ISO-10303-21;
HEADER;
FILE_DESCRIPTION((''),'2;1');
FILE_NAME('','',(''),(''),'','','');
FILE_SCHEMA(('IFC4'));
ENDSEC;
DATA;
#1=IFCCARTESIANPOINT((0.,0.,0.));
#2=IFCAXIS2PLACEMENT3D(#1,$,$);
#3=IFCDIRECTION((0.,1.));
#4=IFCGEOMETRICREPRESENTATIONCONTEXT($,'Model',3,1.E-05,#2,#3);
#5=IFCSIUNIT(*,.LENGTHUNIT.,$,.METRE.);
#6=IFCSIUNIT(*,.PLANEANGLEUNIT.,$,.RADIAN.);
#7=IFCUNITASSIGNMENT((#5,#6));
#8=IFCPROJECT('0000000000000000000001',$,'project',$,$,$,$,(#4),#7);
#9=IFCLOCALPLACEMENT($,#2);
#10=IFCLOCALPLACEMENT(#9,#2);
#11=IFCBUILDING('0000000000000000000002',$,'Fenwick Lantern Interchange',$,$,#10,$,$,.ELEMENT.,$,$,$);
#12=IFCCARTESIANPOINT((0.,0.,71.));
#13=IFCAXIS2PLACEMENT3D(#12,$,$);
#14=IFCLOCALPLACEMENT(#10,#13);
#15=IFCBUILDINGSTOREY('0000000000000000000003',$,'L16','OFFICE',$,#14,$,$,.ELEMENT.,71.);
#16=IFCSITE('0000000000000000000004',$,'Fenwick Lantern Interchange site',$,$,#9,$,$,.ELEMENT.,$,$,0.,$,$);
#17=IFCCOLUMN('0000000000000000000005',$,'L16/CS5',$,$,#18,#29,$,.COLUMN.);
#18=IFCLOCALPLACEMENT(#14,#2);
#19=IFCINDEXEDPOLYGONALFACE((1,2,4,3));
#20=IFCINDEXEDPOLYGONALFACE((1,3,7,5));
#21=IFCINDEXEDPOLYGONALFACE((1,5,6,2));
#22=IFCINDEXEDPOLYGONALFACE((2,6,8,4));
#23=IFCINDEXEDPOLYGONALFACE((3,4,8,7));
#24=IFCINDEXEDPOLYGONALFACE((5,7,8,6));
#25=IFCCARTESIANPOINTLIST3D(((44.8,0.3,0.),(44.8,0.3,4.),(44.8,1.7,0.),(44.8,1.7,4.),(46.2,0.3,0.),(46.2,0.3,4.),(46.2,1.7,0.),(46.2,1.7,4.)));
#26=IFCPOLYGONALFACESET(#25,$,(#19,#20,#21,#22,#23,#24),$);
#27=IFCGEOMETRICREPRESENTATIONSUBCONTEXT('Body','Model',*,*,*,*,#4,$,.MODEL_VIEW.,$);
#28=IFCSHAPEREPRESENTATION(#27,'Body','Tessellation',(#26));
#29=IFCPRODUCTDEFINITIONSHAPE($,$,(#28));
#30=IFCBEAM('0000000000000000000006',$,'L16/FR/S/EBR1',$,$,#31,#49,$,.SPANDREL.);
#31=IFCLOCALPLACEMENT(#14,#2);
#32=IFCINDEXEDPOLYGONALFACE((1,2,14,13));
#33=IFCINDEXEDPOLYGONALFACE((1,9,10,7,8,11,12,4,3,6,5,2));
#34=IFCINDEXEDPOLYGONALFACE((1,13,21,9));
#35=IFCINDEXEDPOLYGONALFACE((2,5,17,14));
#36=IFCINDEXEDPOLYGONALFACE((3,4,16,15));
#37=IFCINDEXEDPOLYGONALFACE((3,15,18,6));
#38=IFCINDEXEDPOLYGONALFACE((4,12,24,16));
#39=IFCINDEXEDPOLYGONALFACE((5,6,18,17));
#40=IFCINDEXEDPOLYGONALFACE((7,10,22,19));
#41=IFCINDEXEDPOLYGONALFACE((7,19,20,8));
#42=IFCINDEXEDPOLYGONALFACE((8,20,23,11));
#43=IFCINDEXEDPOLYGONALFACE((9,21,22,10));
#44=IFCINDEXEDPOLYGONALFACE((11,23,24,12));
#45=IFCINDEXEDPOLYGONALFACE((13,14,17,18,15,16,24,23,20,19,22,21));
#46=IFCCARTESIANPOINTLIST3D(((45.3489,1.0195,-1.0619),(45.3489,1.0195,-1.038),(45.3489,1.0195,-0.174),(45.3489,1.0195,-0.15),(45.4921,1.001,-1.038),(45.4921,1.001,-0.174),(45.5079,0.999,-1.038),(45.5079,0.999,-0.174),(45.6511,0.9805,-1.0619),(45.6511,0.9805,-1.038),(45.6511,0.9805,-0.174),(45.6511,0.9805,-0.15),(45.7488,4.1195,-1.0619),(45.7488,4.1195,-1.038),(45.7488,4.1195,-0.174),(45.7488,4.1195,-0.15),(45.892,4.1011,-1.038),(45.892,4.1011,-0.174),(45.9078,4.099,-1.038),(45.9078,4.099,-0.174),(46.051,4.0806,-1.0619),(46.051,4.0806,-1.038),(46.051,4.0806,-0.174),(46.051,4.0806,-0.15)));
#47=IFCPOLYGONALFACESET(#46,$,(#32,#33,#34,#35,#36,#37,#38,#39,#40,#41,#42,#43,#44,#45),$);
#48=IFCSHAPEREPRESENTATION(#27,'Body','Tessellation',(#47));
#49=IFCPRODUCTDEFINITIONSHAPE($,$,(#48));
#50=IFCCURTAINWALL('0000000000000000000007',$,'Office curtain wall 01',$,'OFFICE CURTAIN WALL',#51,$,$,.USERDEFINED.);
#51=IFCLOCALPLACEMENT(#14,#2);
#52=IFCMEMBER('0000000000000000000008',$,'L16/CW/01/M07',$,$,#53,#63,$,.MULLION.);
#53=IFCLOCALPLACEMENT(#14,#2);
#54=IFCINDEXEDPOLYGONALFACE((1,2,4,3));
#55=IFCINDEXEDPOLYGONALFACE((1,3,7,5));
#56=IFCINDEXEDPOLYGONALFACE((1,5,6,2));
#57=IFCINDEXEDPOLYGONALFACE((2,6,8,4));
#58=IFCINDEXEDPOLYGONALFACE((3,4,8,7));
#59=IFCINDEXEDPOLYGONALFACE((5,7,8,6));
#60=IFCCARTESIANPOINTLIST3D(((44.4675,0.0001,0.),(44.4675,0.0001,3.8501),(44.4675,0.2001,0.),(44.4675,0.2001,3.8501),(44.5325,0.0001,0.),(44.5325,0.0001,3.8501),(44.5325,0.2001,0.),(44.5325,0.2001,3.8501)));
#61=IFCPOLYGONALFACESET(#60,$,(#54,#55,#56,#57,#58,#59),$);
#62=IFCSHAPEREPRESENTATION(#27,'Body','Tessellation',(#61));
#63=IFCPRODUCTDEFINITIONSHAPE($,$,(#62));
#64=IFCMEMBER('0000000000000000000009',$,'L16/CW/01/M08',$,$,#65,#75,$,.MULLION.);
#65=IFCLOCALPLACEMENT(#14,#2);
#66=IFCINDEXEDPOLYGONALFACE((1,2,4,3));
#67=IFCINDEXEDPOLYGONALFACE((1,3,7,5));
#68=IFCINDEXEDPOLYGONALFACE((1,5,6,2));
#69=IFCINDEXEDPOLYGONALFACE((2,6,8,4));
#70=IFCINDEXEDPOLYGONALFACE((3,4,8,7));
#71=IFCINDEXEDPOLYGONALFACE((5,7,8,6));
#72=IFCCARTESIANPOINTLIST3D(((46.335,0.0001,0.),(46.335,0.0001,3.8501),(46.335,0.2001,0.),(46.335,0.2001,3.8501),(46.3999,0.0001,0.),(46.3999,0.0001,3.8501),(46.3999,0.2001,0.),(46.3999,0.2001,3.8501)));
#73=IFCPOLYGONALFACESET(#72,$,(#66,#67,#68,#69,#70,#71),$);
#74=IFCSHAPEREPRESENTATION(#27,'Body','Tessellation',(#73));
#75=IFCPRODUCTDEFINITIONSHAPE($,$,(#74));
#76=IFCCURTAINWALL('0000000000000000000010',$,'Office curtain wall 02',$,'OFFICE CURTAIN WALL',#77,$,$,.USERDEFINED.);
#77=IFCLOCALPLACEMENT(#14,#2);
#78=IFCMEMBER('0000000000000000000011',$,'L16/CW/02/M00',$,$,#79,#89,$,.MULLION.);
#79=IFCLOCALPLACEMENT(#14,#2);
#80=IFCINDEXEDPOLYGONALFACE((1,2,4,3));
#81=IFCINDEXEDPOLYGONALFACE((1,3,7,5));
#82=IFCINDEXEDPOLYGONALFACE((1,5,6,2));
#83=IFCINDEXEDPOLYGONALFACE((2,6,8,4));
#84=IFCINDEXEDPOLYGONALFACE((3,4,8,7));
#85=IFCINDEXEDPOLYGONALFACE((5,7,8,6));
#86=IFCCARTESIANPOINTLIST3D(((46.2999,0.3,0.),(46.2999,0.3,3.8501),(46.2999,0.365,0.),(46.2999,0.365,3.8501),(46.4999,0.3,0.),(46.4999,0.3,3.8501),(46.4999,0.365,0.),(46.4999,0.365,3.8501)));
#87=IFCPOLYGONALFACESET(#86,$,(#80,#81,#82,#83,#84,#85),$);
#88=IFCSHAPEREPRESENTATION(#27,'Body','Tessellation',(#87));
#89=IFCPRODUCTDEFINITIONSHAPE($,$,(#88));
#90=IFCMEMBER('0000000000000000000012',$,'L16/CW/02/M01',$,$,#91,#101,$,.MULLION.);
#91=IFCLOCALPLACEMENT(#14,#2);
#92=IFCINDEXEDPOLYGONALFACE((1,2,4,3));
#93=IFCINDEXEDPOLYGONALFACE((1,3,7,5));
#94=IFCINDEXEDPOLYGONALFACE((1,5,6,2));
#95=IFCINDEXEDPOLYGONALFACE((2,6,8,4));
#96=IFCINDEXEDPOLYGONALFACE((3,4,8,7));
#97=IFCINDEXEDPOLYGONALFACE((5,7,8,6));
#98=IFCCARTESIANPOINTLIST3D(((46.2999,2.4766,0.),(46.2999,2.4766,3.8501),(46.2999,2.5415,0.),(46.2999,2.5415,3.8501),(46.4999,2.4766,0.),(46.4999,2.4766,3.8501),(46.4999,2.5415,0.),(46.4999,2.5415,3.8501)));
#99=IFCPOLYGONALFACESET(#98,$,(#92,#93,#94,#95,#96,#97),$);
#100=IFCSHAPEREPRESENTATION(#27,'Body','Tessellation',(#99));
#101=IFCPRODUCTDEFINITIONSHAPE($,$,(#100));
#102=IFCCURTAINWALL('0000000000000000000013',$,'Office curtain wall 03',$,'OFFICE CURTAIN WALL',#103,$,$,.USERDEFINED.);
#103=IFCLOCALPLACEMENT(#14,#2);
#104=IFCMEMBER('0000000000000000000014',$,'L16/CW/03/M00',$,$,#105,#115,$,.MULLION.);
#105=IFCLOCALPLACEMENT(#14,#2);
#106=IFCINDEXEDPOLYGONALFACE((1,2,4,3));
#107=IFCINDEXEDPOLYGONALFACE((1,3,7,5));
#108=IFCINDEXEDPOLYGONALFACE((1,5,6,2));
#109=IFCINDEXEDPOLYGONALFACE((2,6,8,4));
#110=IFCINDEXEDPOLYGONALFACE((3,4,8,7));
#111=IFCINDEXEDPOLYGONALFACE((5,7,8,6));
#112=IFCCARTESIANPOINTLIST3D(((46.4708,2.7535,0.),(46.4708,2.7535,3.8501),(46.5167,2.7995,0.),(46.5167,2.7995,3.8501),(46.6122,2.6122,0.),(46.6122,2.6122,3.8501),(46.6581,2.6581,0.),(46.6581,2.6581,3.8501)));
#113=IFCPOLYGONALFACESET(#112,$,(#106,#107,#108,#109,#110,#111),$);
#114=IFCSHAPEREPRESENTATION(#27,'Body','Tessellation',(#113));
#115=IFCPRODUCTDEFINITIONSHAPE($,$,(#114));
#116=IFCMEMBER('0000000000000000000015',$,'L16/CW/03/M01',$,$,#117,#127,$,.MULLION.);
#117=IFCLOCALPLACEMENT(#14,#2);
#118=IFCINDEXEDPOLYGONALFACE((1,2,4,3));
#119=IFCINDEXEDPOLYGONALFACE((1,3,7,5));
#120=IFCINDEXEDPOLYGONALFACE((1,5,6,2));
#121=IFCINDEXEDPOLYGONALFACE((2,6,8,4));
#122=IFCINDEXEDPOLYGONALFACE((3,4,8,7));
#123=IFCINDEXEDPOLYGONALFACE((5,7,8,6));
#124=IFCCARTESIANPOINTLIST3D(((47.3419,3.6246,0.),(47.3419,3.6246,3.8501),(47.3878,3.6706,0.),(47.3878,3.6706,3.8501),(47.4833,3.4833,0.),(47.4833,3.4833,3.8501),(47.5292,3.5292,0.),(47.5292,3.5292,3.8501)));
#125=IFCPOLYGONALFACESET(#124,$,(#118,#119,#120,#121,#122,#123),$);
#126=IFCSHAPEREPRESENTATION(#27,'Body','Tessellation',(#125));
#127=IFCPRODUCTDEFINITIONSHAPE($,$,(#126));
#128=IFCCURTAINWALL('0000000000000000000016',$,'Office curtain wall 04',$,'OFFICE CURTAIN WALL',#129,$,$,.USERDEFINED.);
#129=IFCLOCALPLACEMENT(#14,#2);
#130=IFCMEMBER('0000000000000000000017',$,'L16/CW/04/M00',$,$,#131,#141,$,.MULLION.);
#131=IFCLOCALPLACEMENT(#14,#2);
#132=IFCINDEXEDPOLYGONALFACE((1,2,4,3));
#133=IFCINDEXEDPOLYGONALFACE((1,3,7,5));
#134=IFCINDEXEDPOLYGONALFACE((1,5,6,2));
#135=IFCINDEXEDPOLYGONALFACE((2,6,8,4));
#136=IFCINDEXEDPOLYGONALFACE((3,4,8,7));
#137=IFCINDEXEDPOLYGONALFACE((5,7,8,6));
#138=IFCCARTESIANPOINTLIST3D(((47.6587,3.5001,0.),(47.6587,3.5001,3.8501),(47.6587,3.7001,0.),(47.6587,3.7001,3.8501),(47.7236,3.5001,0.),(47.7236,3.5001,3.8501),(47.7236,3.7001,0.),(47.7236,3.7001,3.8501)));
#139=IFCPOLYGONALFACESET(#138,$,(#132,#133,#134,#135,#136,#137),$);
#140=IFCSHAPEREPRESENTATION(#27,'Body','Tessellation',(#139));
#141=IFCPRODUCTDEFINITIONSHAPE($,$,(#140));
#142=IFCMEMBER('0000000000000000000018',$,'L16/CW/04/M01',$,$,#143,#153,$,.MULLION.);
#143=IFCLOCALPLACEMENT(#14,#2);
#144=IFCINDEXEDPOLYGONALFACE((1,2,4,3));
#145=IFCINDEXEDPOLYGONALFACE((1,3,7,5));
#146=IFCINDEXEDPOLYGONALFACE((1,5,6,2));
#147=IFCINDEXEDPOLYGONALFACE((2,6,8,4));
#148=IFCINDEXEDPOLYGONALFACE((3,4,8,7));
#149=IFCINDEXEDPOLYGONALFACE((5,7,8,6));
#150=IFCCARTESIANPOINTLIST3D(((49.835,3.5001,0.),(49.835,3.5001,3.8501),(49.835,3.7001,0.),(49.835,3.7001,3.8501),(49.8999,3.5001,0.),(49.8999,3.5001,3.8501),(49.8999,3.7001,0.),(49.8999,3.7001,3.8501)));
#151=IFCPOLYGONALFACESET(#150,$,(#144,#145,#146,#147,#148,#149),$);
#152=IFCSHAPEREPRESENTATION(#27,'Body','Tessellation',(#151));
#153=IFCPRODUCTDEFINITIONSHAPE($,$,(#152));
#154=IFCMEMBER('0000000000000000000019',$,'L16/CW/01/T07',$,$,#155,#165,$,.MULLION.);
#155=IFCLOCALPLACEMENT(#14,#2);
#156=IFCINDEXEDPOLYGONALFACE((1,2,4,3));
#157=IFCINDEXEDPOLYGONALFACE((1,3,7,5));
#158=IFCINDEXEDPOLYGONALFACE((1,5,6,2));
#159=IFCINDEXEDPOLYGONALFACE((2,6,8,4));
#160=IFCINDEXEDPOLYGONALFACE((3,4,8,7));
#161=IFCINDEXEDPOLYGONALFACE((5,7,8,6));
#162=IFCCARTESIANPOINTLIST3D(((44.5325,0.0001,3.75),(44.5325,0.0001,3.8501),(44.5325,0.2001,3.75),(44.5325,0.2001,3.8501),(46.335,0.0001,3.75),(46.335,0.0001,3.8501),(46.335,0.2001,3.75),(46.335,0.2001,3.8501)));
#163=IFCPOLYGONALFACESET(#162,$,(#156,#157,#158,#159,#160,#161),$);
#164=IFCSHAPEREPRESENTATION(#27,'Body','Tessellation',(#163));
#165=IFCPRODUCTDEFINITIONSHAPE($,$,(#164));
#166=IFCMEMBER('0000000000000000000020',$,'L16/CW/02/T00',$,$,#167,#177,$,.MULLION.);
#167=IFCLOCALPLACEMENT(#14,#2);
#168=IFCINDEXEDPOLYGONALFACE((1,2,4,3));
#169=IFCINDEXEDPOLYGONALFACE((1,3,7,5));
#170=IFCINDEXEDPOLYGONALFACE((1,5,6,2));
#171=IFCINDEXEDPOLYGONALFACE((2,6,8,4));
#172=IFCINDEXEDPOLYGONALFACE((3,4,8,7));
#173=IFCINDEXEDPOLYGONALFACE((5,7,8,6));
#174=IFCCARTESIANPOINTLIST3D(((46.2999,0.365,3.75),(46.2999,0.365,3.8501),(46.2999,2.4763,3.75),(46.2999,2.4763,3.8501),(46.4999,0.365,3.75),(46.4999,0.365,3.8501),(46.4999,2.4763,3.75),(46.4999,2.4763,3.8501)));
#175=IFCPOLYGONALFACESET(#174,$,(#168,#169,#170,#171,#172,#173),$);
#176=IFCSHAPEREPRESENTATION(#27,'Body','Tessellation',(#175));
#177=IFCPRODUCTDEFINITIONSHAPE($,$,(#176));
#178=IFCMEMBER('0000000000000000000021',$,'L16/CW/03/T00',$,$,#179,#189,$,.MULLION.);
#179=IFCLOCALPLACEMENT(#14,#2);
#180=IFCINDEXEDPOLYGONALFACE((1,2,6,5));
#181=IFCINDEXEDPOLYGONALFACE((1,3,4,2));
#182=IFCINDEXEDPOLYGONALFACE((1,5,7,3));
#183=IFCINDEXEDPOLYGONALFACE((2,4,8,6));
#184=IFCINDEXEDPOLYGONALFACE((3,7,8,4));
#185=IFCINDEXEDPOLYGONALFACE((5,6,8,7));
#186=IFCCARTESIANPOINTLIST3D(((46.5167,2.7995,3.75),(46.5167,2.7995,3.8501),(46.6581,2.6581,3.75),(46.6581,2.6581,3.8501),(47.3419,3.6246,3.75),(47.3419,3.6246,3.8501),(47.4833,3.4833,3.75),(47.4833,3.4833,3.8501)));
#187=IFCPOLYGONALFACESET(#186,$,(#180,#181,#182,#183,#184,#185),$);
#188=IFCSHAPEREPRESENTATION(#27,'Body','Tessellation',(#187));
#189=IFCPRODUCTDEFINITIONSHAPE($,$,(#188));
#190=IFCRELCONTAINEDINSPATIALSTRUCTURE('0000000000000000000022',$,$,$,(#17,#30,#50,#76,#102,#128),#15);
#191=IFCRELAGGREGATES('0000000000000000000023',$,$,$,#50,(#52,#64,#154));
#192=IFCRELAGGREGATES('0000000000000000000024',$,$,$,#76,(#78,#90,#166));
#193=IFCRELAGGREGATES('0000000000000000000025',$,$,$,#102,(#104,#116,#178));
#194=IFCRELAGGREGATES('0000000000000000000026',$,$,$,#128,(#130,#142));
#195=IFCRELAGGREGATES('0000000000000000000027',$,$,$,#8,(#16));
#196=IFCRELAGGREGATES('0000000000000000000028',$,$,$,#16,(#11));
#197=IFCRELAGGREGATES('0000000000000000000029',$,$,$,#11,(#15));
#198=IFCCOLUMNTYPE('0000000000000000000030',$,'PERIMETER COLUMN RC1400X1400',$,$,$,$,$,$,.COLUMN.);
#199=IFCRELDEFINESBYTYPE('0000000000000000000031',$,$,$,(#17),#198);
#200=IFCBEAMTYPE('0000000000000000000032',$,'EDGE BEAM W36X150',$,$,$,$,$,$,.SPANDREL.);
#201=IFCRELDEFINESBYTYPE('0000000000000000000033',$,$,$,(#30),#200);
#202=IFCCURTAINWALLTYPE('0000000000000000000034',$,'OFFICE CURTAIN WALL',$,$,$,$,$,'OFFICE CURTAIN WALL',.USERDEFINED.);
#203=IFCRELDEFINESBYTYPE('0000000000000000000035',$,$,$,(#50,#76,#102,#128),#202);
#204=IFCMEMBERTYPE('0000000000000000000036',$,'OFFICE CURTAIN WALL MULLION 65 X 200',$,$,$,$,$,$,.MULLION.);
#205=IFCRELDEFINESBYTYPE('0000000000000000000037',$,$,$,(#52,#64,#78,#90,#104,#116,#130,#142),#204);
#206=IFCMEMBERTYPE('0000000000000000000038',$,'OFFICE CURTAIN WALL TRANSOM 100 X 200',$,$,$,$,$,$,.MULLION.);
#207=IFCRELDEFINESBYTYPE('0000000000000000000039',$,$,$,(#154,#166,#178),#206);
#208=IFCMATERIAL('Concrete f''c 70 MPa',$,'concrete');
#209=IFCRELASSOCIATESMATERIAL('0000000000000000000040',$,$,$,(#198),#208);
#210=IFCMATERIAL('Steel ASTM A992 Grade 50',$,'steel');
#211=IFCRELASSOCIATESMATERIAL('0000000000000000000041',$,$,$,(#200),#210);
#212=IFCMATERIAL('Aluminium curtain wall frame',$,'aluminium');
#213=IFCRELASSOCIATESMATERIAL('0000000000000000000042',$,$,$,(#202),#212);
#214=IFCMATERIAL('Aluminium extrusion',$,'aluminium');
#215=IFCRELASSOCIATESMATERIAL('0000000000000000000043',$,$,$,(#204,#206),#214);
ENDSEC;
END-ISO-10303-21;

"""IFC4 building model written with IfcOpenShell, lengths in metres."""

from ifc_helpers import new_model, si_unit, direction, frame, origin, origin_2d, place, context, subcontext, project, spatial, rectangle, i_section, extrude, material, material_profile, profile_set, type_object, element, aggregate, save


model = new_model("IFC4")

# Units and contexts
model_context = context("Model", 3, precision=1e-05, world=origin(), true_north=direction((0.0, 1.0)))
body_context = subcontext(model_context, "Body", "Model", "MODEL_VIEW")
ifc_project = project(units=[si_unit("LENGTHUNIT", "METRE"), si_unit("PLANEANGLEUNIT", "RADIAN")], contexts=[model_context])

# Site, building, storey
site_placement = place(None, origin())
site = spatial("IfcSite", under=ifc_project, at=site_placement, Name="Fenwick Lantern Interchange site", CompositionType="ELEMENT", RefElevation=0.0)
building_placement = place(site_placement, origin())
building = spatial("IfcBuilding", under=site, at=building_placement, Name="Fenwick Lantern Interchange", CompositionType="ELEMENT")
storey_placement = place(building_placement, frame((0.0, 0.0, 71.0)))
storey = spatial("IfcBuildingStorey", under=building, at=storey_placement, Name="L16", Description="OFFICE", CompositionType="ELEMENT", Elevation=71.0)

# Column
ifc_material_1 = material(Name="Concrete f'c 70 MPa", Category="concrete")
ifc_material_profile_1 = material_profile(ifc_material_1, rectangle(XDim=1.3999, YDim=1.3999, at=origin_2d()), Name="RC1400X1400")
ifc_profile_set_1 = profile_set([ifc_material_profile_1], Name="Concrete f'c 70 MPa")
column_type = type_object("IfcColumnType", Name="PERIMETER COLUMN RC1400X1400", PredefinedType="COLUMN", material=ifc_profile_set_1)
column_placement = place(storey_placement, frame((45.5, 1.0, 0.0), z_axis=(0.0, 0.0, 1.0), x_axis=(1.0, 0.0, 0.0)))
element("IfcColumn", 1, at=column_placement, inside=storey, type_object=column_type, Name="L16/CS5", PredefinedType="COLUMN", context=body_context, shape_type="SweptSolid", body=[
    extrude(rectangle(XDim=1.3999, YDim=1.3999, at=origin_2d()), origin(), (0.0, 0.0, 1.0), 4.0),
])

# Beam
ifc_material_2 = material(Name="Steel ASTM A992 Grade 50", Category="steel")
ifc_material_profile_2 = material_profile(ifc_material_2, i_section(OverallWidth=0.3047, OverallDepth=0.9119, WebThickness=0.0159, FlangeThickness=0.0239, at=origin_2d()), Name="W36X150")
ifc_profile_set_2 = profile_set([ifc_material_profile_2], Name="Steel ASTM A992 Grade 50")
beam_type = type_object("IfcBeamType", Name="EDGE BEAM W36X150", PredefinedType="SPANDREL", material=ifc_profile_set_2)
beam_placement = place(storey_placement, frame((45.5, 1.0, -0.606), z_axis=(0.127937, 0.991782, 0.0), x_axis=(-0.991782, 0.127937, 0.0)))
element("IfcBeam", 2, at=beam_placement, inside=storey, type_object=beam_type, Name="L16/FR/S/EBR1", PredefinedType="SPANDREL", context=body_context, shape_type="SweptSolid", body=[
    extrude(i_section(OverallWidth=0.3047, OverallDepth=0.9119, WebThickness=0.0159, FlangeThickness=0.0239, at=origin_2d()), origin(), (0.0, 0.0, 1.0), 3.1257),
])

# Curtain walls, members
ifc_material_3 = material(Name="Aluminium curtain wall frame", Category="aluminium")
curtain_wall_type = type_object("IfcCurtainWallType", Name="OFFICE CURTAIN WALL", ElementType="OFFICE CURTAIN WALL", PredefinedType="USERDEFINED", material=ifc_material_3)
curtain_wall_1_placement = place(storey_placement, origin())
curtain_wall_1 = element("IfcCurtainWall", 3, at=curtain_wall_1_placement, inside=storey, type_object=curtain_wall_type, Name="Office curtain wall 01", ObjectType="OFFICE CURTAIN WALL", PredefinedType="USERDEFINED")
ifc_material_4 = material(Name="Aluminium extrusion", Category="aluminium")
ifc_material_profile_3 = material_profile(ifc_material_4, rectangle(XDim=0.2, YDim=0.0649, at=origin_2d()), Name="OFFICE CURTAIN WALL MULLION 65 X 200")
ifc_profile_set_3 = profile_set([ifc_material_profile_3], Name="Aluminium extrusion")
member_type_1 = type_object("IfcMemberType", Name="OFFICE CURTAIN WALL MULLION 65 X 200", PredefinedType="MULLION", material=ifc_profile_set_3)
member_1_placement = place(storey_placement, frame((44.5, 0.1001, 0.0), z_axis=(0.0, 0.0, 1.0), x_axis=(0.0, 1.0, 0.0)))
member_1 = element("IfcMember", 4, at=member_1_placement, type_object=member_type_1, Name="L16/CW/01/M07", PredefinedType="MULLION", context=body_context, shape_type="SweptSolid", body=[
    extrude(rectangle(XDim=0.2, YDim=0.0649, at=origin_2d()), origin(), (0.0, 0.0, 1.0), 3.8501),
])
member_2_placement = place(storey_placement, frame((46.3674, 0.1001, 0.0), z_axis=(0.0, 0.0, 1.0), x_axis=(0.0, 1.0, 0.0)))
member_2 = element("IfcMember", 5, at=member_2_placement, type_object=member_type_1, Name="L16/CW/01/M08", PredefinedType="MULLION", context=body_context, shape_type="SweptSolid", body=[
    extrude(rectangle(XDim=0.2, YDim=0.0649, at=origin_2d()), origin(), (0.0, 0.0, 1.0), 3.8501),
])
curtain_wall_2_placement = place(storey_placement, origin())
curtain_wall_2 = element("IfcCurtainWall", 6, at=curtain_wall_2_placement, inside=storey, type_object=curtain_wall_type, Name="Office curtain wall 02", ObjectType="OFFICE CURTAIN WALL", PredefinedType="USERDEFINED")
member_3_placement = place(storey_placement, frame((46.3999, 0.3325, 0.0), z_axis=(0.0, 0.0, 1.0), x_axis=(-1.0, 0.0, 0.0)))
member_3 = element("IfcMember", 7, at=member_3_placement, type_object=member_type_1, Name="L16/CW/02/M00", PredefinedType="MULLION", context=body_context, shape_type="SweptSolid", body=[
    extrude(rectangle(XDim=0.2, YDim=0.0649, at=origin_2d()), origin(), (0.0, 0.0, 1.0), 3.8501),
])
member_4_placement = place(storey_placement, frame((46.3999, 2.509, 0.0), z_axis=(0.0, 0.0, 1.0), x_axis=(-1.0, 0.0, 0.0)))
member_4 = element("IfcMember", 8, at=member_4_placement, type_object=member_type_1, Name="L16/CW/02/M01", PredefinedType="MULLION", context=body_context, shape_type="SweptSolid", body=[
    extrude(rectangle(XDim=0.2, YDim=0.0649, at=origin_2d()), origin(), (0.0, 0.0, 1.0), 3.8501),
])
curtain_wall_3_placement = place(storey_placement, origin())
curtain_wall_3 = element("IfcCurtainWall", 9, at=curtain_wall_3_placement, inside=storey, type_object=curtain_wall_type, Name="Office curtain wall 03", ObjectType="OFFICE CURTAIN WALL", PredefinedType="USERDEFINED")
member_5_placement = place(storey_placement, frame((46.5645, 2.7058, 0.0), z_axis=(0.0, 0.0, 1.0), x_axis=(-0.707107, 0.707107, 0.0)))
member_5 = element("IfcMember", 10, at=member_5_placement, type_object=member_type_1, Name="L16/CW/03/M00", PredefinedType="MULLION", context=body_context, shape_type="SweptSolid", body=[
    extrude(rectangle(XDim=0.2, YDim=0.0649, at=origin_2d()), origin(), (0.0, 0.0, 1.0), 3.8501),
])
member_6_placement = place(storey_placement, frame((47.4355, 3.5769, 0.0), z_axis=(0.0, 0.0, 1.0), x_axis=(-0.707107, 0.707107, 0.0)))
member_6 = element("IfcMember", 11, at=member_6_placement, type_object=member_type_1, Name="L16/CW/03/M01", PredefinedType="MULLION", context=body_context, shape_type="SweptSolid", body=[
    extrude(rectangle(XDim=0.2, YDim=0.0649, at=origin_2d()), origin(), (0.0, 0.0, 1.0), 3.8501),
])
curtain_wall_4_placement = place(storey_placement, origin())
curtain_wall_4 = element("IfcCurtainWall", 12, at=curtain_wall_4_placement, inside=storey, type_object=curtain_wall_type, Name="Office curtain wall 04", ObjectType="OFFICE CURTAIN WALL", PredefinedType="USERDEFINED")
member_7_placement = place(storey_placement, frame((47.6912, 3.6001, 0.0), z_axis=(0.0, 0.0, 1.0), x_axis=(0.0, 1.0, 0.0)))
member_7 = element("IfcMember", 13, at=member_7_placement, type_object=member_type_1, Name="L16/CW/04/M00", PredefinedType="MULLION", context=body_context, shape_type="SweptSolid", body=[
    extrude(rectangle(XDim=0.2, YDim=0.0649, at=origin_2d()), origin(), (0.0, 0.0, 1.0), 3.8501),
])
member_8_placement = place(storey_placement, frame((49.8674, 3.6001, 0.0), z_axis=(0.0, 0.0, 1.0), x_axis=(0.0, 1.0, 0.0)))
member_8 = element("IfcMember", 14, at=member_8_placement, type_object=member_type_1, Name="L16/CW/04/M01", PredefinedType="MULLION", context=body_context, shape_type="SweptSolid", body=[
    extrude(rectangle(XDim=0.2, YDim=0.0649, at=origin_2d()), origin(), (0.0, 0.0, 1.0), 3.8501),
])

# Members
ifc_material_profile_4 = material_profile(ifc_material_4, rectangle(XDim=0.2, YDim=0.1001, at=origin_2d()), Name="OFFICE CURTAIN WALL TRANSOM 100 X 200")
ifc_profile_set_4 = profile_set([ifc_material_profile_4], Name="Aluminium extrusion")
member_type_2 = type_object("IfcMemberType", Name="OFFICE CURTAIN WALL TRANSOM 100 X 200", PredefinedType="MULLION", material=ifc_profile_set_4)
member_9_placement = place(storey_placement, frame((44.5325, 0.1001, 3.8), z_axis=(1.0, 0.0, 0.0), x_axis=(0.0, 1.0, 0.0)))
member_9 = element("IfcMember", 15, at=member_9_placement, type_object=member_type_2, Name="L16/CW/01/T07", PredefinedType="MULLION", context=body_context, shape_type="SweptSolid", body=[
    extrude(rectangle(XDim=0.2, YDim=0.1001, at=origin_2d()), origin(), (0.0, 0.0, 1.0), 1.8025),
])
member_10_placement = place(storey_placement, frame((46.3999, 0.365, 3.8), z_axis=(0.0, 1.0, 0.0), x_axis=(-1.0, 0.0, 0.0)))
member_10 = element("IfcMember", 16, at=member_10_placement, type_object=member_type_2, Name="L16/CW/02/T00", PredefinedType="MULLION", context=body_context, shape_type="SweptSolid", body=[
    extrude(rectangle(XDim=0.2, YDim=0.1001, at=origin_2d()), origin(), (0.0, 0.0, 1.0), 2.1113),
])
member_11_placement = place(storey_placement, frame((46.5874, 2.7288, 3.8), z_axis=(0.707107, 0.707107, 0.0), x_axis=(-0.707107, 0.707107, 0.0)))
member_11 = element("IfcMember", 17, at=member_11_placement, type_object=member_type_2, Name="L16/CW/03/T00", PredefinedType="MULLION", context=body_context, shape_type="SweptSolid", body=[
    extrude(rectangle(XDim=0.2, YDim=0.1001, at=origin_2d()), origin(), (0.0, 0.0, 1.0), 1.167),
])

aggregate(curtain_wall_1, [member_1, member_2, member_9])
aggregate(curtain_wall_2, [member_3, member_4, member_10])
aggregate(curtain_wall_3, [member_5, member_6, member_11])
aggregate(curtain_wall_4, [member_7, member_8])

save(model, "model.ifc")
